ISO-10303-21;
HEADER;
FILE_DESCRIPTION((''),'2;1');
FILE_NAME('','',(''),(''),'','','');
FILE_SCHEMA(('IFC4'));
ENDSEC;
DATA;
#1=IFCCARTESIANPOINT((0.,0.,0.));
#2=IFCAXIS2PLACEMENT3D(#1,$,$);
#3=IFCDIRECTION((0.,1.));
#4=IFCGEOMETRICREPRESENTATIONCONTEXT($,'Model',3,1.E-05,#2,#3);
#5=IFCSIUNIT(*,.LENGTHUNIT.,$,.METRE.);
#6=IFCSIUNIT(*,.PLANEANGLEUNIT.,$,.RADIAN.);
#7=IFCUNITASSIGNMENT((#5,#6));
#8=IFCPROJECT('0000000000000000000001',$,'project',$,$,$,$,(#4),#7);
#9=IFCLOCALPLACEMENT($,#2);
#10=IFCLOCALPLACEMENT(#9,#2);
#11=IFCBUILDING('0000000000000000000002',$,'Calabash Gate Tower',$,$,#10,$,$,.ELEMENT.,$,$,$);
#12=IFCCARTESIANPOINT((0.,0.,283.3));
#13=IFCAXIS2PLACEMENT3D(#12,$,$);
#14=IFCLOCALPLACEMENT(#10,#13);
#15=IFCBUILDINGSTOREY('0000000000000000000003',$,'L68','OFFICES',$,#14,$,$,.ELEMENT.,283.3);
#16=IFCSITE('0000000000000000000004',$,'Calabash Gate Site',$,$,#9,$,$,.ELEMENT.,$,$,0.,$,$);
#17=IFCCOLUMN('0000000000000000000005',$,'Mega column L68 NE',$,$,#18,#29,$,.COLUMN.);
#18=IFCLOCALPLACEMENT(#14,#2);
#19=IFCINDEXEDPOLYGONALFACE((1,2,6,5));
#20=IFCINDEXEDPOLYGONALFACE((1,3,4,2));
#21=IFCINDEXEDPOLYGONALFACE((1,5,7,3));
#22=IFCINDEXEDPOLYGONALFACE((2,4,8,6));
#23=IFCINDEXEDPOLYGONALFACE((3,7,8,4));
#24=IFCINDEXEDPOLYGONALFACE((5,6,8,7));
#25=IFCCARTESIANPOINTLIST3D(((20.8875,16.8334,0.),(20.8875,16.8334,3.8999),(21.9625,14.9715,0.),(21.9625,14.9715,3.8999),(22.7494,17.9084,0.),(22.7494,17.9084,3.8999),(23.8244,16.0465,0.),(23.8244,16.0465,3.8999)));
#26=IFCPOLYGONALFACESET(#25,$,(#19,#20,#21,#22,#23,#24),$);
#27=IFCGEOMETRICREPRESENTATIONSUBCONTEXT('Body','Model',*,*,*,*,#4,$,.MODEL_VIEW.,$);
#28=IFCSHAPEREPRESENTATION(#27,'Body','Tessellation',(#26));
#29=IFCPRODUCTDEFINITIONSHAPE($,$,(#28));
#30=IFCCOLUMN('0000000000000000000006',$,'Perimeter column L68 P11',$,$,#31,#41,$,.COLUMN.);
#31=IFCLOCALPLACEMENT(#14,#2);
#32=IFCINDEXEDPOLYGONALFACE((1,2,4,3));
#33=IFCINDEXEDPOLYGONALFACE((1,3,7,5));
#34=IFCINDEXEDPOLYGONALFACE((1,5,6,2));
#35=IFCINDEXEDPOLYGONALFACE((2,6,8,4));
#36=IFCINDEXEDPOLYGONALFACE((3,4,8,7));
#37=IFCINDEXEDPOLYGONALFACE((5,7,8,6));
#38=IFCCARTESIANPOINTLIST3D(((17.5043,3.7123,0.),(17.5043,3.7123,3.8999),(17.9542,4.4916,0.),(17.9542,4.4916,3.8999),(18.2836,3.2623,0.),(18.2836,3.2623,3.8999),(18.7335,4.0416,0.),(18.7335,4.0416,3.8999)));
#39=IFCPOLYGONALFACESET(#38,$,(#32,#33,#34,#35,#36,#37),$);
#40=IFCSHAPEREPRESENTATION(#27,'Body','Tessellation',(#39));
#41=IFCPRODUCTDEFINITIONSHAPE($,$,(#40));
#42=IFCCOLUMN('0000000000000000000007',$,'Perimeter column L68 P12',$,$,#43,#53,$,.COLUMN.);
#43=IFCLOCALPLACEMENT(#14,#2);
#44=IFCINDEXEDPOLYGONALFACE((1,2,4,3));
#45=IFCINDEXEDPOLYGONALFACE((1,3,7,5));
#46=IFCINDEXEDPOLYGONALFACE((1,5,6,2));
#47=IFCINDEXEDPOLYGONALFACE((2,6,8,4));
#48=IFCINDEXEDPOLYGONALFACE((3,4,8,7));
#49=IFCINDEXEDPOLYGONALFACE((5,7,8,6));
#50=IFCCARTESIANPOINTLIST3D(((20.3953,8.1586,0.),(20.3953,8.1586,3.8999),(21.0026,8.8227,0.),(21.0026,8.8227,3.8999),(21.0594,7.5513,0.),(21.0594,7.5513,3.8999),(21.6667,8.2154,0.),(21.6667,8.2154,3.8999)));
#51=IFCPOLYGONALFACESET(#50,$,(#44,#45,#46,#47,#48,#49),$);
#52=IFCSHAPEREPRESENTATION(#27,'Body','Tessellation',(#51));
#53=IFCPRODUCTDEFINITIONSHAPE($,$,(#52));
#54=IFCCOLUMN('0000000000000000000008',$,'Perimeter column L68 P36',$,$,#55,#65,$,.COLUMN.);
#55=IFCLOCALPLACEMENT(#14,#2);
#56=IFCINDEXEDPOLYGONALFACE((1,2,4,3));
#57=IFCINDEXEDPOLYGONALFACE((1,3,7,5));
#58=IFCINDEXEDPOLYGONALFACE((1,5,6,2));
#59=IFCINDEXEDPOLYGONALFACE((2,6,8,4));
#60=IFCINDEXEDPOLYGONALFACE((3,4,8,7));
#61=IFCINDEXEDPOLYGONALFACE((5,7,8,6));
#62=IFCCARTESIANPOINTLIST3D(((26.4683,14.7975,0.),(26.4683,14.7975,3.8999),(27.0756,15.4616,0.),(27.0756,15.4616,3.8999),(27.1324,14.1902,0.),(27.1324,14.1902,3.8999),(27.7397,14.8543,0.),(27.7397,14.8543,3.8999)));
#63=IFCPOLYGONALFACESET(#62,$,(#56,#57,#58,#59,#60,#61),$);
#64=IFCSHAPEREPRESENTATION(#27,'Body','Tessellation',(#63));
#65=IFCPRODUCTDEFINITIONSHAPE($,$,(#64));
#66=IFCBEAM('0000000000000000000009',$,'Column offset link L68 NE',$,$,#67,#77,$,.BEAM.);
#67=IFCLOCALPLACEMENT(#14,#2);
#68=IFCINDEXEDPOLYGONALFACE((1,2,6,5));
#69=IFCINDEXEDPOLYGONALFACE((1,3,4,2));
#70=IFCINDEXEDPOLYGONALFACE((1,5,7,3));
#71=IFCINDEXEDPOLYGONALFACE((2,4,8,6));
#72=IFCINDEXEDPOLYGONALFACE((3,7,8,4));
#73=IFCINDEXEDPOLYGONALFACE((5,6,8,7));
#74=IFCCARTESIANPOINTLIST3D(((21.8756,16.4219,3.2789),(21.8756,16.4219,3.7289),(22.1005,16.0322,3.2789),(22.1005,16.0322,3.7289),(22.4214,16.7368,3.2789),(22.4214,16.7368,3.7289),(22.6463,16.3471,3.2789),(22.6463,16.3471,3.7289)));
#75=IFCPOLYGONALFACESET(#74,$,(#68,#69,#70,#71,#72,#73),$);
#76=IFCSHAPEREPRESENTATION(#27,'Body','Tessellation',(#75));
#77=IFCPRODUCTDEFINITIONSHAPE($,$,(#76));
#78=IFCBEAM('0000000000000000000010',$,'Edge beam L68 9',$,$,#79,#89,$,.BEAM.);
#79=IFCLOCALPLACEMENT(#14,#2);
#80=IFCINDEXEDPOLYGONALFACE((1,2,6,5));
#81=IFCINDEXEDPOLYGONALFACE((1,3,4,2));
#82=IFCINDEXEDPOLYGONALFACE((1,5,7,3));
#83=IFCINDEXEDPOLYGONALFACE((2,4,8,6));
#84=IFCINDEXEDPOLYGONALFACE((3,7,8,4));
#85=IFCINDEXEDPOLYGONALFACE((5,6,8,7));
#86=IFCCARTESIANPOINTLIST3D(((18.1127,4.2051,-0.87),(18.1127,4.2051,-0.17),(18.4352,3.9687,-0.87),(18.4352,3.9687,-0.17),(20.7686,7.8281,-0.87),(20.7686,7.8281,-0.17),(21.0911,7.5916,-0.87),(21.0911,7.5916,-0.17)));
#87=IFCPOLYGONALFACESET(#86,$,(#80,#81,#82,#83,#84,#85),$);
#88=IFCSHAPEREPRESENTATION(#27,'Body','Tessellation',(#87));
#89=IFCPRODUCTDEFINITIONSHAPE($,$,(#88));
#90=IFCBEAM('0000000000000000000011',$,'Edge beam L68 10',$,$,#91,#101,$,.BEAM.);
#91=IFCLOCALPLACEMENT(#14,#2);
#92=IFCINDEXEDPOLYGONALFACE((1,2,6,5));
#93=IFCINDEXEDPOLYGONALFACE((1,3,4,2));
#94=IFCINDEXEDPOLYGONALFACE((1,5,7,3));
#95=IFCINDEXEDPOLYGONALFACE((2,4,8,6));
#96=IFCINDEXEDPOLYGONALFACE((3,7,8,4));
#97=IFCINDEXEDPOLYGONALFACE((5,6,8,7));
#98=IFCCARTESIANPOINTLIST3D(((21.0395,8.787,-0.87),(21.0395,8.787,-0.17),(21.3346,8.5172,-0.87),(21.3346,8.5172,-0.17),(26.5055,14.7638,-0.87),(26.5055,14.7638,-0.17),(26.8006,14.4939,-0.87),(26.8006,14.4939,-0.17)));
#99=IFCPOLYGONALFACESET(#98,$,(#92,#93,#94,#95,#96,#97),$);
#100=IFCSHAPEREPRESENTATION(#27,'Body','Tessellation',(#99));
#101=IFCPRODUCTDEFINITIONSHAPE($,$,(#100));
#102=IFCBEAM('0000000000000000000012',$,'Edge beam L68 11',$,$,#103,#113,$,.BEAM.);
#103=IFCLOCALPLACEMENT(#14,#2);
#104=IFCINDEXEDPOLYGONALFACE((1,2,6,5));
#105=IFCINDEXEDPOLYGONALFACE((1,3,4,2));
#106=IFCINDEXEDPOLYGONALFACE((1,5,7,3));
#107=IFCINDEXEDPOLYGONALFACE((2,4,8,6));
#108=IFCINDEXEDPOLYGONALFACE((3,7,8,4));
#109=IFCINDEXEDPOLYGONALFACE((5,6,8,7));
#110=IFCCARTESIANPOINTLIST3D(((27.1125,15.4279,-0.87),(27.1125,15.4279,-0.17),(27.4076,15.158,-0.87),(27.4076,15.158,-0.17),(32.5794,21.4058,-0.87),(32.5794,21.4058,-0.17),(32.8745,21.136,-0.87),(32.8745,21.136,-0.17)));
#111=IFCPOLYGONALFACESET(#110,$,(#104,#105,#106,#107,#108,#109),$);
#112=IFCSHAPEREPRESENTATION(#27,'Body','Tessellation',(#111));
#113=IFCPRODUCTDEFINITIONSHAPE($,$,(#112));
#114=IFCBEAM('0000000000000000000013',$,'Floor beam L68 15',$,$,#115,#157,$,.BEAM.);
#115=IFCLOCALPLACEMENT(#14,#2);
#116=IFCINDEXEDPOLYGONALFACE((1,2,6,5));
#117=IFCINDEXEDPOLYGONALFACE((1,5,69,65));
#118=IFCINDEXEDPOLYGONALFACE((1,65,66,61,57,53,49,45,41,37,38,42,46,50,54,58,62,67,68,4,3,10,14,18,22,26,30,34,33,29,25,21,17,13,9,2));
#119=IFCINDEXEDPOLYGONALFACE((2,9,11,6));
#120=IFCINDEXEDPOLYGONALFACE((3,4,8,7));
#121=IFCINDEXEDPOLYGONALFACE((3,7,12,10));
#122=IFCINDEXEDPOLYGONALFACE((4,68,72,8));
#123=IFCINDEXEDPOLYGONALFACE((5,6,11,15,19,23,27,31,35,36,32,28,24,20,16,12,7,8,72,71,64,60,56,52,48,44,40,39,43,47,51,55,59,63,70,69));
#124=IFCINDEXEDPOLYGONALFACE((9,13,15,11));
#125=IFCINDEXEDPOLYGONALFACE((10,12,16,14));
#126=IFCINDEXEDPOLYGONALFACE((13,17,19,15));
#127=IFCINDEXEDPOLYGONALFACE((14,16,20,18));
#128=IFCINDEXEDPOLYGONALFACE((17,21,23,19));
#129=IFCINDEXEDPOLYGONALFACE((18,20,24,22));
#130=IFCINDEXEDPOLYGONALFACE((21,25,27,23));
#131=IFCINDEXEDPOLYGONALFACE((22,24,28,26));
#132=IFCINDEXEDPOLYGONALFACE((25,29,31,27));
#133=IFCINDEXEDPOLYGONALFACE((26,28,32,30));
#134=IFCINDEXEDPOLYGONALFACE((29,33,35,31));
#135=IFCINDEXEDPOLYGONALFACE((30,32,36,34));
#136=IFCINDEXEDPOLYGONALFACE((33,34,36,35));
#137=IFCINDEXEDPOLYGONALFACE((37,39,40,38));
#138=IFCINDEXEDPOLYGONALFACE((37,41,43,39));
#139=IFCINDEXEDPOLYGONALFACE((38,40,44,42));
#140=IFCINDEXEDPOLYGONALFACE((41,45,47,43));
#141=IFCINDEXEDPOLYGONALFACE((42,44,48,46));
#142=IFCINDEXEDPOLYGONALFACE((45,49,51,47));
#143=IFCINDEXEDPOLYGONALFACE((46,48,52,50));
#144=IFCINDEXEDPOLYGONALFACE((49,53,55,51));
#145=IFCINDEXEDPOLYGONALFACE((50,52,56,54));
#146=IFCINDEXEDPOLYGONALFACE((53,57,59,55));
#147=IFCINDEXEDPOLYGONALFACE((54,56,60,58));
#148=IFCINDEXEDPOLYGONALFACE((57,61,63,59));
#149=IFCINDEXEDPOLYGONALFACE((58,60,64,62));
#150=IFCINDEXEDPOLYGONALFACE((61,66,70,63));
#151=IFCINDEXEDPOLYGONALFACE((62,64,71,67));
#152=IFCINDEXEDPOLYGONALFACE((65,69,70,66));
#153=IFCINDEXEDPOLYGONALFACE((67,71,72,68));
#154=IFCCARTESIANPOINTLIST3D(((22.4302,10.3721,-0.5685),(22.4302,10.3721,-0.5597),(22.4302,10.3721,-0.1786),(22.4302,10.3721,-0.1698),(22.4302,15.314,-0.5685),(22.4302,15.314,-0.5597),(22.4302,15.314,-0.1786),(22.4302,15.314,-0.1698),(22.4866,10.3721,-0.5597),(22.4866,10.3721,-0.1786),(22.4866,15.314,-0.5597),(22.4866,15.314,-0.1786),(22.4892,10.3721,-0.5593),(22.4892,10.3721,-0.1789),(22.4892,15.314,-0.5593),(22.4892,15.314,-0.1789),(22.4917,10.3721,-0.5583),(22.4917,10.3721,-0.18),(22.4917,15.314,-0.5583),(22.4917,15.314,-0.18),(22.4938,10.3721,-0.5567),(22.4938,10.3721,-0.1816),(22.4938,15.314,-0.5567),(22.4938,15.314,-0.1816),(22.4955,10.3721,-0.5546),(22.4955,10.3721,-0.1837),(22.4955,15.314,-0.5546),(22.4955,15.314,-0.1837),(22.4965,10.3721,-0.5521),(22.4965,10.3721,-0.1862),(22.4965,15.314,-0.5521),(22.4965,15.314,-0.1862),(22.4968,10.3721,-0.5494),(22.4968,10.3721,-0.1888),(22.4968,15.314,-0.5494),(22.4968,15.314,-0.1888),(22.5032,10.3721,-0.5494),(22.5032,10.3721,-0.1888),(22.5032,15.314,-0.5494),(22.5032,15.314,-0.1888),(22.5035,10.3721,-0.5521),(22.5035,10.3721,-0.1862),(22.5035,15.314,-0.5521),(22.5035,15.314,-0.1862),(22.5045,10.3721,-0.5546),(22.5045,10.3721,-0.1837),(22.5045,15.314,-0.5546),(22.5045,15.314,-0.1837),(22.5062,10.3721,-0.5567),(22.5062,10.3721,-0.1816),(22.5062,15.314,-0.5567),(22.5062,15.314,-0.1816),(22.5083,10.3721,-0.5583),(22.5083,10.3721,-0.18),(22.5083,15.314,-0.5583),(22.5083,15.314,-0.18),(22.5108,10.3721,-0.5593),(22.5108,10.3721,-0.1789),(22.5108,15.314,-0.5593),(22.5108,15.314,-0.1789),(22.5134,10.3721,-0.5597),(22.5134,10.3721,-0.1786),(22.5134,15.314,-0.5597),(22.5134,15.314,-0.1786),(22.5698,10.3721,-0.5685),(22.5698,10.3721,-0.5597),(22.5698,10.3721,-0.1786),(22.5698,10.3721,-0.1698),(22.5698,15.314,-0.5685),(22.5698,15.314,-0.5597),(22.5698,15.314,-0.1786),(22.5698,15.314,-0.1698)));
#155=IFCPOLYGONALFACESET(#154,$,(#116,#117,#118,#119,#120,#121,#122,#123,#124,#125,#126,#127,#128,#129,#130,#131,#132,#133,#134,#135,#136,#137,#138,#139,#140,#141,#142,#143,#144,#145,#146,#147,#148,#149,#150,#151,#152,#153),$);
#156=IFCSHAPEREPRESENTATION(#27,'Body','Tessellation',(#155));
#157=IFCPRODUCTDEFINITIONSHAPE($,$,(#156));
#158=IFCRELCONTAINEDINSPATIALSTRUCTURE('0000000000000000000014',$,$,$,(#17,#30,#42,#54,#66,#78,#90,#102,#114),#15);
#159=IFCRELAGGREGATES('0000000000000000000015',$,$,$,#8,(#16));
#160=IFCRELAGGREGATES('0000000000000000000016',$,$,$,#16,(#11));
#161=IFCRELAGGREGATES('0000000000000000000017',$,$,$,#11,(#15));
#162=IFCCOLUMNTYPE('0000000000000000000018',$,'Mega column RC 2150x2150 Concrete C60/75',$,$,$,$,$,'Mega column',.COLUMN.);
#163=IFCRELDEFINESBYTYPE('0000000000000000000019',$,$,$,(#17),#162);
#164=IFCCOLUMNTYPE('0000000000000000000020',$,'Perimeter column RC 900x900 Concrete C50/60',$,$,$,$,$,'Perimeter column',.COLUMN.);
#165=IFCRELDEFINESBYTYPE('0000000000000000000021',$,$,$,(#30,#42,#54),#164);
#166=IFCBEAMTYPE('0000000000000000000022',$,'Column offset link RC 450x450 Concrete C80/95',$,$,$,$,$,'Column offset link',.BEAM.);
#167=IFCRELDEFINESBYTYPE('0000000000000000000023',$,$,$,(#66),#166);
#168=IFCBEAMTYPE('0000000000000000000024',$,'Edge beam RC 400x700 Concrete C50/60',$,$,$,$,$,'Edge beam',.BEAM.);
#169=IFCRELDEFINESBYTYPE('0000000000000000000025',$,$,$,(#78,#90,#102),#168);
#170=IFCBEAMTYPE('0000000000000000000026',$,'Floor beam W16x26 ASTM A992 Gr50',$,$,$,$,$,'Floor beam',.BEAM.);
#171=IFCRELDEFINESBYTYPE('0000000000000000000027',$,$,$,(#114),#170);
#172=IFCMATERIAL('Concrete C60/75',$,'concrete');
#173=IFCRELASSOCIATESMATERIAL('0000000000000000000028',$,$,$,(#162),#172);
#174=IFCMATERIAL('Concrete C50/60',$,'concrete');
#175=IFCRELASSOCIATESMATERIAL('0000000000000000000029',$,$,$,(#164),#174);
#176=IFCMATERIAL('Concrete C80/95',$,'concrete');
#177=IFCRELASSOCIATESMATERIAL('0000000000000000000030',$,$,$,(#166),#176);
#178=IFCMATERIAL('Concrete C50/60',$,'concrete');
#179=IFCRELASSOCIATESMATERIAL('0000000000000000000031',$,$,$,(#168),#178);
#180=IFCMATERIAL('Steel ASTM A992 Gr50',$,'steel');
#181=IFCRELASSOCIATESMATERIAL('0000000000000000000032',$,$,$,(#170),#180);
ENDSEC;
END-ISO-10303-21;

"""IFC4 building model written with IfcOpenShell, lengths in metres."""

from ifc_helpers import new_model, si_unit, direction, frame, origin, origin_2d, place, context, subcontext, project, spatial, rectangle, i_section, extrude, material, material_profile, profile_set, type_object, element, save


model = new_model("IFC4")

# Units and contexts
model_context = context("Model", 3, precision=1e-05, world=origin(), true_north=direction((0.0, 1.0)))
body_context = subcontext(model_context, "Body", "Model", "MODEL_VIEW")
ifc_project = project(units=[si_unit("LENGTHUNIT", "METRE"), si_unit("PLANEANGLEUNIT", "RADIAN")], contexts=[model_context])

# Site, building, storey
site_placement = place(None, origin())
site = spatial("IfcSite", under=ifc_project, at=site_placement, Name="Calabash Gate Site", CompositionType="ELEMENT", RefElevation=0.0)
building_placement = place(site_placement, origin())
building = spatial("IfcBuilding", under=site, at=building_placement, Name="Calabash Gate Tower", CompositionType="ELEMENT")
storey_placement = place(building_placement, frame((0.0, 0.0, 283.3)))
storey = spatial("IfcBuildingStorey", under=building, at=storey_placement, Name="L68", Description="OFFICES", CompositionType="ELEMENT", Elevation=283.3)

# Columns
ifc_material_1 = material(Name="Concrete C60/75", Category="concrete")
ifc_material_profile_1 = material_profile(ifc_material_1, rectangle(XDim=2.1499, YDim=2.1499, at=origin_2d()))
ifc_profile_set_1 = profile_set([ifc_material_profile_1], Name="Concrete C60/75")
column_type_1 = type_object("IfcColumnType", Name="Mega column RC 2150x2150 Concrete C60/75", ElementType="Mega column", PredefinedType="COLUMN", material=ifc_profile_set_1)
column_placement = place(storey_placement, frame((22.356, 16.4399, 0.0), z_axis=(0.0, 0.0, 1.0), x_axis=(-0.866025, -0.5, 0.0)))
element("IfcColumn", 1, at=column_placement, inside=storey, type_object=column_type_1, Name="Mega column L68 NE", PredefinedType="COLUMN", context=body_context, shape_type="SweptSolid", body=[
    extrude(rectangle(XDim=2.1499, YDim=2.1499, at=origin_2d()), origin(), (0.0, 0.0, 1.0), 3.8999),
])
ifc_material_2 = material(Name="Concrete C50/60", Category="concrete")
ifc_material_profile_2 = material_profile(ifc_material_2, rectangle(XDim=0.8999, YDim=0.8999, at=origin_2d()))
ifc_profile_set_2 = profile_set([ifc_material_profile_2], Name="Concrete C50/60")
column_type_2 = type_object("IfcColumnType", Name="Perimeter column RC 900x900 Concrete C50/60", ElementType="Perimeter column", PredefinedType="COLUMN", material=ifc_profile_set_2)
for number, where, z_axis, x_axis, name in (
    (2, (18.1189, 3.877, 0.0), (0.0, 0.0, 1.0), (0.5, 0.866025, 0.0), "Perimeter column L68 P11"),
    (3, (21.031, 8.187, 0.0), (0.0, 0.0, 1.0), (0.674856, 0.737949, 0.0), "Perimeter column L68 P12"),
    (4, (27.104, 14.8259, 0.0), (0.0, 0.0, 1.0), (0.674856, 0.737949, 0.0), "Perimeter column L68 P36"),
):
    element("IfcColumn", number, at=place(storey_placement, frame(where, z_axis=z_axis, x_axis=x_axis)), inside=storey, type_object=column_type_2, Name=name, PredefinedType="COLUMN", context=body_context, shape_type="SweptSolid", body=[
        extrude(rectangle(XDim=0.8999, YDim=0.8999, at=origin_2d()), origin(), (0.0, 0.0, 1.0), 3.8999),
    ])

# Beams
ifc_material_3 = material(Name="Concrete C80/95", Category="concrete")
ifc_material_profile_3 = material_profile(ifc_material_3, rectangle(XDim=0.45, YDim=0.45, at=origin_2d()))
ifc_profile_set_3 = profile_set([ifc_material_profile_3], Name="Concrete C80/95")
beam_type_1 = type_object("IfcBeamType", Name="Column offset link RC 450x450 Concrete C80/95", ElementType="Column offset link", PredefinedType="BEAM", material=ifc_profile_set_3)
beam_1_placement = place(storey_placement, frame((21.988, 16.2271, 3.5039), z_axis=(0.866186, 0.499722, 0.0), x_axis=(-0.499722, 0.866186, 0.0)))
element("IfcBeam", 5, at=beam_1_placement, inside=storey, type_object=beam_type_1, Name="Column offset link L68 NE", PredefinedType="BEAM", context=body_context, shape_type="SweptSolid", body=[
    extrude(rectangle(XDim=0.45, YDim=0.45, at=origin_2d()), origin(), (0.0, 0.0, 1.0), 0.6301),
])
ifc_material_4 = material(Name="Concrete C50/60", Category="concrete")
ifc_material_profile_4 = material_profile(ifc_material_4, rectangle(XDim=0.3999, YDim=0.7, at=origin_2d()))
ifc_profile_set_4 = profile_set([ifc_material_profile_4], Name="Concrete C50/60")
beam_type_2 = type_object("IfcBeamType", Name="Edge beam RC 400x700 Concrete C50/60", ElementType="Edge beam", PredefinedType="BEAM", material=ifc_profile_set_4)
beam_2_placement = place(storey_placement, frame((18.2739, 4.0869, -0.52), z_axis=(0.591234, 0.8065, 0.0), x_axis=(-0.8065, 0.591234, 0.0)))
element("IfcBeam", 6, at=beam_2_placement, inside=storey, type_object=beam_type_2, Name="Edge beam L68 9", PredefinedType="BEAM", context=body_context, shape_type="SweptSolid", body=[
    extrude(rectangle(XDim=0.3999, YDim=0.7, at=origin_2d()), origin(), (0.0, 0.0, 1.0), 4.4922),
])
beam_3_placement = place(storey_placement, frame((21.187, 8.6521, -0.52), z_axis=(0.674874, 0.737933, 0.0), x_axis=(-0.737933, 0.674874, 0.0)))
element("IfcBeam", 7, at=beam_3_placement, inside=storey, type_object=beam_type_2, Name="Edge beam L68 10", PredefinedType="BEAM", context=body_context, shape_type="SweptSolid", body=[
    extrude(rectangle(XDim=0.3999, YDim=0.7, at=origin_2d()), origin(), (0.0, 0.0, 1.0), 8.0994),
])
beam_4_placement = place(storey_placement, frame((27.26, 15.293, -0.52), z_axis=(0.674864, 0.737942, 0.0), x_axis=(-0.737942, 0.674864, 0.0)))
element("IfcBeam", 8, at=beam_4_placement, inside=storey, type_object=beam_type_2, Name="Edge beam L68 11", PredefinedType="BEAM", context=body_context, shape_type="SweptSolid", body=[
    extrude(rectangle(XDim=0.3999, YDim=0.7, at=origin_2d()), origin(), (0.0, 0.0, 1.0), 8.1008),
])
ifc_material_5 = material(Name="Steel ASTM A992 Gr50", Category="steel")
ifc_material_profile_5 = material_profile(ifc_material_5, i_section(OverallWidth=0.1396, OverallDepth=0.3987, WebThickness=0.0063, FlangeThickness=0.0088, FilletRadius=0.0103, at=origin_2d()))
ifc_profile_set_5 = profile_set([ifc_material_profile_5], Name="Steel ASTM A992 Gr50")
beam_type_3 = type_object("IfcBeamType", Name="Floor beam W16x26 ASTM A992 Gr50", ElementType="Floor beam", PredefinedType="BEAM", material=ifc_profile_set_5)
beam_5_placement = place(storey_placement, frame((22.5, 10.3721, -0.3691), z_axis=(0.0, 1.0, 0.0), x_axis=(-1.0, 0.0, 0.0)))
element("IfcBeam", 9, at=beam_5_placement, inside=storey, type_object=beam_type_3, Name="Floor beam L68 15", PredefinedType="BEAM", context=body_context, shape_type="SweptSolid", body=[
    extrude(i_section(OverallWidth=0.1396, OverallDepth=0.3987, WebThickness=0.0063, FlangeThickness=0.0088, FilletRadius=0.0103, at=origin_2d()), origin(), (0.0, 0.0, 1.0), 4.9419),
])

save(model, "model.ifc")
